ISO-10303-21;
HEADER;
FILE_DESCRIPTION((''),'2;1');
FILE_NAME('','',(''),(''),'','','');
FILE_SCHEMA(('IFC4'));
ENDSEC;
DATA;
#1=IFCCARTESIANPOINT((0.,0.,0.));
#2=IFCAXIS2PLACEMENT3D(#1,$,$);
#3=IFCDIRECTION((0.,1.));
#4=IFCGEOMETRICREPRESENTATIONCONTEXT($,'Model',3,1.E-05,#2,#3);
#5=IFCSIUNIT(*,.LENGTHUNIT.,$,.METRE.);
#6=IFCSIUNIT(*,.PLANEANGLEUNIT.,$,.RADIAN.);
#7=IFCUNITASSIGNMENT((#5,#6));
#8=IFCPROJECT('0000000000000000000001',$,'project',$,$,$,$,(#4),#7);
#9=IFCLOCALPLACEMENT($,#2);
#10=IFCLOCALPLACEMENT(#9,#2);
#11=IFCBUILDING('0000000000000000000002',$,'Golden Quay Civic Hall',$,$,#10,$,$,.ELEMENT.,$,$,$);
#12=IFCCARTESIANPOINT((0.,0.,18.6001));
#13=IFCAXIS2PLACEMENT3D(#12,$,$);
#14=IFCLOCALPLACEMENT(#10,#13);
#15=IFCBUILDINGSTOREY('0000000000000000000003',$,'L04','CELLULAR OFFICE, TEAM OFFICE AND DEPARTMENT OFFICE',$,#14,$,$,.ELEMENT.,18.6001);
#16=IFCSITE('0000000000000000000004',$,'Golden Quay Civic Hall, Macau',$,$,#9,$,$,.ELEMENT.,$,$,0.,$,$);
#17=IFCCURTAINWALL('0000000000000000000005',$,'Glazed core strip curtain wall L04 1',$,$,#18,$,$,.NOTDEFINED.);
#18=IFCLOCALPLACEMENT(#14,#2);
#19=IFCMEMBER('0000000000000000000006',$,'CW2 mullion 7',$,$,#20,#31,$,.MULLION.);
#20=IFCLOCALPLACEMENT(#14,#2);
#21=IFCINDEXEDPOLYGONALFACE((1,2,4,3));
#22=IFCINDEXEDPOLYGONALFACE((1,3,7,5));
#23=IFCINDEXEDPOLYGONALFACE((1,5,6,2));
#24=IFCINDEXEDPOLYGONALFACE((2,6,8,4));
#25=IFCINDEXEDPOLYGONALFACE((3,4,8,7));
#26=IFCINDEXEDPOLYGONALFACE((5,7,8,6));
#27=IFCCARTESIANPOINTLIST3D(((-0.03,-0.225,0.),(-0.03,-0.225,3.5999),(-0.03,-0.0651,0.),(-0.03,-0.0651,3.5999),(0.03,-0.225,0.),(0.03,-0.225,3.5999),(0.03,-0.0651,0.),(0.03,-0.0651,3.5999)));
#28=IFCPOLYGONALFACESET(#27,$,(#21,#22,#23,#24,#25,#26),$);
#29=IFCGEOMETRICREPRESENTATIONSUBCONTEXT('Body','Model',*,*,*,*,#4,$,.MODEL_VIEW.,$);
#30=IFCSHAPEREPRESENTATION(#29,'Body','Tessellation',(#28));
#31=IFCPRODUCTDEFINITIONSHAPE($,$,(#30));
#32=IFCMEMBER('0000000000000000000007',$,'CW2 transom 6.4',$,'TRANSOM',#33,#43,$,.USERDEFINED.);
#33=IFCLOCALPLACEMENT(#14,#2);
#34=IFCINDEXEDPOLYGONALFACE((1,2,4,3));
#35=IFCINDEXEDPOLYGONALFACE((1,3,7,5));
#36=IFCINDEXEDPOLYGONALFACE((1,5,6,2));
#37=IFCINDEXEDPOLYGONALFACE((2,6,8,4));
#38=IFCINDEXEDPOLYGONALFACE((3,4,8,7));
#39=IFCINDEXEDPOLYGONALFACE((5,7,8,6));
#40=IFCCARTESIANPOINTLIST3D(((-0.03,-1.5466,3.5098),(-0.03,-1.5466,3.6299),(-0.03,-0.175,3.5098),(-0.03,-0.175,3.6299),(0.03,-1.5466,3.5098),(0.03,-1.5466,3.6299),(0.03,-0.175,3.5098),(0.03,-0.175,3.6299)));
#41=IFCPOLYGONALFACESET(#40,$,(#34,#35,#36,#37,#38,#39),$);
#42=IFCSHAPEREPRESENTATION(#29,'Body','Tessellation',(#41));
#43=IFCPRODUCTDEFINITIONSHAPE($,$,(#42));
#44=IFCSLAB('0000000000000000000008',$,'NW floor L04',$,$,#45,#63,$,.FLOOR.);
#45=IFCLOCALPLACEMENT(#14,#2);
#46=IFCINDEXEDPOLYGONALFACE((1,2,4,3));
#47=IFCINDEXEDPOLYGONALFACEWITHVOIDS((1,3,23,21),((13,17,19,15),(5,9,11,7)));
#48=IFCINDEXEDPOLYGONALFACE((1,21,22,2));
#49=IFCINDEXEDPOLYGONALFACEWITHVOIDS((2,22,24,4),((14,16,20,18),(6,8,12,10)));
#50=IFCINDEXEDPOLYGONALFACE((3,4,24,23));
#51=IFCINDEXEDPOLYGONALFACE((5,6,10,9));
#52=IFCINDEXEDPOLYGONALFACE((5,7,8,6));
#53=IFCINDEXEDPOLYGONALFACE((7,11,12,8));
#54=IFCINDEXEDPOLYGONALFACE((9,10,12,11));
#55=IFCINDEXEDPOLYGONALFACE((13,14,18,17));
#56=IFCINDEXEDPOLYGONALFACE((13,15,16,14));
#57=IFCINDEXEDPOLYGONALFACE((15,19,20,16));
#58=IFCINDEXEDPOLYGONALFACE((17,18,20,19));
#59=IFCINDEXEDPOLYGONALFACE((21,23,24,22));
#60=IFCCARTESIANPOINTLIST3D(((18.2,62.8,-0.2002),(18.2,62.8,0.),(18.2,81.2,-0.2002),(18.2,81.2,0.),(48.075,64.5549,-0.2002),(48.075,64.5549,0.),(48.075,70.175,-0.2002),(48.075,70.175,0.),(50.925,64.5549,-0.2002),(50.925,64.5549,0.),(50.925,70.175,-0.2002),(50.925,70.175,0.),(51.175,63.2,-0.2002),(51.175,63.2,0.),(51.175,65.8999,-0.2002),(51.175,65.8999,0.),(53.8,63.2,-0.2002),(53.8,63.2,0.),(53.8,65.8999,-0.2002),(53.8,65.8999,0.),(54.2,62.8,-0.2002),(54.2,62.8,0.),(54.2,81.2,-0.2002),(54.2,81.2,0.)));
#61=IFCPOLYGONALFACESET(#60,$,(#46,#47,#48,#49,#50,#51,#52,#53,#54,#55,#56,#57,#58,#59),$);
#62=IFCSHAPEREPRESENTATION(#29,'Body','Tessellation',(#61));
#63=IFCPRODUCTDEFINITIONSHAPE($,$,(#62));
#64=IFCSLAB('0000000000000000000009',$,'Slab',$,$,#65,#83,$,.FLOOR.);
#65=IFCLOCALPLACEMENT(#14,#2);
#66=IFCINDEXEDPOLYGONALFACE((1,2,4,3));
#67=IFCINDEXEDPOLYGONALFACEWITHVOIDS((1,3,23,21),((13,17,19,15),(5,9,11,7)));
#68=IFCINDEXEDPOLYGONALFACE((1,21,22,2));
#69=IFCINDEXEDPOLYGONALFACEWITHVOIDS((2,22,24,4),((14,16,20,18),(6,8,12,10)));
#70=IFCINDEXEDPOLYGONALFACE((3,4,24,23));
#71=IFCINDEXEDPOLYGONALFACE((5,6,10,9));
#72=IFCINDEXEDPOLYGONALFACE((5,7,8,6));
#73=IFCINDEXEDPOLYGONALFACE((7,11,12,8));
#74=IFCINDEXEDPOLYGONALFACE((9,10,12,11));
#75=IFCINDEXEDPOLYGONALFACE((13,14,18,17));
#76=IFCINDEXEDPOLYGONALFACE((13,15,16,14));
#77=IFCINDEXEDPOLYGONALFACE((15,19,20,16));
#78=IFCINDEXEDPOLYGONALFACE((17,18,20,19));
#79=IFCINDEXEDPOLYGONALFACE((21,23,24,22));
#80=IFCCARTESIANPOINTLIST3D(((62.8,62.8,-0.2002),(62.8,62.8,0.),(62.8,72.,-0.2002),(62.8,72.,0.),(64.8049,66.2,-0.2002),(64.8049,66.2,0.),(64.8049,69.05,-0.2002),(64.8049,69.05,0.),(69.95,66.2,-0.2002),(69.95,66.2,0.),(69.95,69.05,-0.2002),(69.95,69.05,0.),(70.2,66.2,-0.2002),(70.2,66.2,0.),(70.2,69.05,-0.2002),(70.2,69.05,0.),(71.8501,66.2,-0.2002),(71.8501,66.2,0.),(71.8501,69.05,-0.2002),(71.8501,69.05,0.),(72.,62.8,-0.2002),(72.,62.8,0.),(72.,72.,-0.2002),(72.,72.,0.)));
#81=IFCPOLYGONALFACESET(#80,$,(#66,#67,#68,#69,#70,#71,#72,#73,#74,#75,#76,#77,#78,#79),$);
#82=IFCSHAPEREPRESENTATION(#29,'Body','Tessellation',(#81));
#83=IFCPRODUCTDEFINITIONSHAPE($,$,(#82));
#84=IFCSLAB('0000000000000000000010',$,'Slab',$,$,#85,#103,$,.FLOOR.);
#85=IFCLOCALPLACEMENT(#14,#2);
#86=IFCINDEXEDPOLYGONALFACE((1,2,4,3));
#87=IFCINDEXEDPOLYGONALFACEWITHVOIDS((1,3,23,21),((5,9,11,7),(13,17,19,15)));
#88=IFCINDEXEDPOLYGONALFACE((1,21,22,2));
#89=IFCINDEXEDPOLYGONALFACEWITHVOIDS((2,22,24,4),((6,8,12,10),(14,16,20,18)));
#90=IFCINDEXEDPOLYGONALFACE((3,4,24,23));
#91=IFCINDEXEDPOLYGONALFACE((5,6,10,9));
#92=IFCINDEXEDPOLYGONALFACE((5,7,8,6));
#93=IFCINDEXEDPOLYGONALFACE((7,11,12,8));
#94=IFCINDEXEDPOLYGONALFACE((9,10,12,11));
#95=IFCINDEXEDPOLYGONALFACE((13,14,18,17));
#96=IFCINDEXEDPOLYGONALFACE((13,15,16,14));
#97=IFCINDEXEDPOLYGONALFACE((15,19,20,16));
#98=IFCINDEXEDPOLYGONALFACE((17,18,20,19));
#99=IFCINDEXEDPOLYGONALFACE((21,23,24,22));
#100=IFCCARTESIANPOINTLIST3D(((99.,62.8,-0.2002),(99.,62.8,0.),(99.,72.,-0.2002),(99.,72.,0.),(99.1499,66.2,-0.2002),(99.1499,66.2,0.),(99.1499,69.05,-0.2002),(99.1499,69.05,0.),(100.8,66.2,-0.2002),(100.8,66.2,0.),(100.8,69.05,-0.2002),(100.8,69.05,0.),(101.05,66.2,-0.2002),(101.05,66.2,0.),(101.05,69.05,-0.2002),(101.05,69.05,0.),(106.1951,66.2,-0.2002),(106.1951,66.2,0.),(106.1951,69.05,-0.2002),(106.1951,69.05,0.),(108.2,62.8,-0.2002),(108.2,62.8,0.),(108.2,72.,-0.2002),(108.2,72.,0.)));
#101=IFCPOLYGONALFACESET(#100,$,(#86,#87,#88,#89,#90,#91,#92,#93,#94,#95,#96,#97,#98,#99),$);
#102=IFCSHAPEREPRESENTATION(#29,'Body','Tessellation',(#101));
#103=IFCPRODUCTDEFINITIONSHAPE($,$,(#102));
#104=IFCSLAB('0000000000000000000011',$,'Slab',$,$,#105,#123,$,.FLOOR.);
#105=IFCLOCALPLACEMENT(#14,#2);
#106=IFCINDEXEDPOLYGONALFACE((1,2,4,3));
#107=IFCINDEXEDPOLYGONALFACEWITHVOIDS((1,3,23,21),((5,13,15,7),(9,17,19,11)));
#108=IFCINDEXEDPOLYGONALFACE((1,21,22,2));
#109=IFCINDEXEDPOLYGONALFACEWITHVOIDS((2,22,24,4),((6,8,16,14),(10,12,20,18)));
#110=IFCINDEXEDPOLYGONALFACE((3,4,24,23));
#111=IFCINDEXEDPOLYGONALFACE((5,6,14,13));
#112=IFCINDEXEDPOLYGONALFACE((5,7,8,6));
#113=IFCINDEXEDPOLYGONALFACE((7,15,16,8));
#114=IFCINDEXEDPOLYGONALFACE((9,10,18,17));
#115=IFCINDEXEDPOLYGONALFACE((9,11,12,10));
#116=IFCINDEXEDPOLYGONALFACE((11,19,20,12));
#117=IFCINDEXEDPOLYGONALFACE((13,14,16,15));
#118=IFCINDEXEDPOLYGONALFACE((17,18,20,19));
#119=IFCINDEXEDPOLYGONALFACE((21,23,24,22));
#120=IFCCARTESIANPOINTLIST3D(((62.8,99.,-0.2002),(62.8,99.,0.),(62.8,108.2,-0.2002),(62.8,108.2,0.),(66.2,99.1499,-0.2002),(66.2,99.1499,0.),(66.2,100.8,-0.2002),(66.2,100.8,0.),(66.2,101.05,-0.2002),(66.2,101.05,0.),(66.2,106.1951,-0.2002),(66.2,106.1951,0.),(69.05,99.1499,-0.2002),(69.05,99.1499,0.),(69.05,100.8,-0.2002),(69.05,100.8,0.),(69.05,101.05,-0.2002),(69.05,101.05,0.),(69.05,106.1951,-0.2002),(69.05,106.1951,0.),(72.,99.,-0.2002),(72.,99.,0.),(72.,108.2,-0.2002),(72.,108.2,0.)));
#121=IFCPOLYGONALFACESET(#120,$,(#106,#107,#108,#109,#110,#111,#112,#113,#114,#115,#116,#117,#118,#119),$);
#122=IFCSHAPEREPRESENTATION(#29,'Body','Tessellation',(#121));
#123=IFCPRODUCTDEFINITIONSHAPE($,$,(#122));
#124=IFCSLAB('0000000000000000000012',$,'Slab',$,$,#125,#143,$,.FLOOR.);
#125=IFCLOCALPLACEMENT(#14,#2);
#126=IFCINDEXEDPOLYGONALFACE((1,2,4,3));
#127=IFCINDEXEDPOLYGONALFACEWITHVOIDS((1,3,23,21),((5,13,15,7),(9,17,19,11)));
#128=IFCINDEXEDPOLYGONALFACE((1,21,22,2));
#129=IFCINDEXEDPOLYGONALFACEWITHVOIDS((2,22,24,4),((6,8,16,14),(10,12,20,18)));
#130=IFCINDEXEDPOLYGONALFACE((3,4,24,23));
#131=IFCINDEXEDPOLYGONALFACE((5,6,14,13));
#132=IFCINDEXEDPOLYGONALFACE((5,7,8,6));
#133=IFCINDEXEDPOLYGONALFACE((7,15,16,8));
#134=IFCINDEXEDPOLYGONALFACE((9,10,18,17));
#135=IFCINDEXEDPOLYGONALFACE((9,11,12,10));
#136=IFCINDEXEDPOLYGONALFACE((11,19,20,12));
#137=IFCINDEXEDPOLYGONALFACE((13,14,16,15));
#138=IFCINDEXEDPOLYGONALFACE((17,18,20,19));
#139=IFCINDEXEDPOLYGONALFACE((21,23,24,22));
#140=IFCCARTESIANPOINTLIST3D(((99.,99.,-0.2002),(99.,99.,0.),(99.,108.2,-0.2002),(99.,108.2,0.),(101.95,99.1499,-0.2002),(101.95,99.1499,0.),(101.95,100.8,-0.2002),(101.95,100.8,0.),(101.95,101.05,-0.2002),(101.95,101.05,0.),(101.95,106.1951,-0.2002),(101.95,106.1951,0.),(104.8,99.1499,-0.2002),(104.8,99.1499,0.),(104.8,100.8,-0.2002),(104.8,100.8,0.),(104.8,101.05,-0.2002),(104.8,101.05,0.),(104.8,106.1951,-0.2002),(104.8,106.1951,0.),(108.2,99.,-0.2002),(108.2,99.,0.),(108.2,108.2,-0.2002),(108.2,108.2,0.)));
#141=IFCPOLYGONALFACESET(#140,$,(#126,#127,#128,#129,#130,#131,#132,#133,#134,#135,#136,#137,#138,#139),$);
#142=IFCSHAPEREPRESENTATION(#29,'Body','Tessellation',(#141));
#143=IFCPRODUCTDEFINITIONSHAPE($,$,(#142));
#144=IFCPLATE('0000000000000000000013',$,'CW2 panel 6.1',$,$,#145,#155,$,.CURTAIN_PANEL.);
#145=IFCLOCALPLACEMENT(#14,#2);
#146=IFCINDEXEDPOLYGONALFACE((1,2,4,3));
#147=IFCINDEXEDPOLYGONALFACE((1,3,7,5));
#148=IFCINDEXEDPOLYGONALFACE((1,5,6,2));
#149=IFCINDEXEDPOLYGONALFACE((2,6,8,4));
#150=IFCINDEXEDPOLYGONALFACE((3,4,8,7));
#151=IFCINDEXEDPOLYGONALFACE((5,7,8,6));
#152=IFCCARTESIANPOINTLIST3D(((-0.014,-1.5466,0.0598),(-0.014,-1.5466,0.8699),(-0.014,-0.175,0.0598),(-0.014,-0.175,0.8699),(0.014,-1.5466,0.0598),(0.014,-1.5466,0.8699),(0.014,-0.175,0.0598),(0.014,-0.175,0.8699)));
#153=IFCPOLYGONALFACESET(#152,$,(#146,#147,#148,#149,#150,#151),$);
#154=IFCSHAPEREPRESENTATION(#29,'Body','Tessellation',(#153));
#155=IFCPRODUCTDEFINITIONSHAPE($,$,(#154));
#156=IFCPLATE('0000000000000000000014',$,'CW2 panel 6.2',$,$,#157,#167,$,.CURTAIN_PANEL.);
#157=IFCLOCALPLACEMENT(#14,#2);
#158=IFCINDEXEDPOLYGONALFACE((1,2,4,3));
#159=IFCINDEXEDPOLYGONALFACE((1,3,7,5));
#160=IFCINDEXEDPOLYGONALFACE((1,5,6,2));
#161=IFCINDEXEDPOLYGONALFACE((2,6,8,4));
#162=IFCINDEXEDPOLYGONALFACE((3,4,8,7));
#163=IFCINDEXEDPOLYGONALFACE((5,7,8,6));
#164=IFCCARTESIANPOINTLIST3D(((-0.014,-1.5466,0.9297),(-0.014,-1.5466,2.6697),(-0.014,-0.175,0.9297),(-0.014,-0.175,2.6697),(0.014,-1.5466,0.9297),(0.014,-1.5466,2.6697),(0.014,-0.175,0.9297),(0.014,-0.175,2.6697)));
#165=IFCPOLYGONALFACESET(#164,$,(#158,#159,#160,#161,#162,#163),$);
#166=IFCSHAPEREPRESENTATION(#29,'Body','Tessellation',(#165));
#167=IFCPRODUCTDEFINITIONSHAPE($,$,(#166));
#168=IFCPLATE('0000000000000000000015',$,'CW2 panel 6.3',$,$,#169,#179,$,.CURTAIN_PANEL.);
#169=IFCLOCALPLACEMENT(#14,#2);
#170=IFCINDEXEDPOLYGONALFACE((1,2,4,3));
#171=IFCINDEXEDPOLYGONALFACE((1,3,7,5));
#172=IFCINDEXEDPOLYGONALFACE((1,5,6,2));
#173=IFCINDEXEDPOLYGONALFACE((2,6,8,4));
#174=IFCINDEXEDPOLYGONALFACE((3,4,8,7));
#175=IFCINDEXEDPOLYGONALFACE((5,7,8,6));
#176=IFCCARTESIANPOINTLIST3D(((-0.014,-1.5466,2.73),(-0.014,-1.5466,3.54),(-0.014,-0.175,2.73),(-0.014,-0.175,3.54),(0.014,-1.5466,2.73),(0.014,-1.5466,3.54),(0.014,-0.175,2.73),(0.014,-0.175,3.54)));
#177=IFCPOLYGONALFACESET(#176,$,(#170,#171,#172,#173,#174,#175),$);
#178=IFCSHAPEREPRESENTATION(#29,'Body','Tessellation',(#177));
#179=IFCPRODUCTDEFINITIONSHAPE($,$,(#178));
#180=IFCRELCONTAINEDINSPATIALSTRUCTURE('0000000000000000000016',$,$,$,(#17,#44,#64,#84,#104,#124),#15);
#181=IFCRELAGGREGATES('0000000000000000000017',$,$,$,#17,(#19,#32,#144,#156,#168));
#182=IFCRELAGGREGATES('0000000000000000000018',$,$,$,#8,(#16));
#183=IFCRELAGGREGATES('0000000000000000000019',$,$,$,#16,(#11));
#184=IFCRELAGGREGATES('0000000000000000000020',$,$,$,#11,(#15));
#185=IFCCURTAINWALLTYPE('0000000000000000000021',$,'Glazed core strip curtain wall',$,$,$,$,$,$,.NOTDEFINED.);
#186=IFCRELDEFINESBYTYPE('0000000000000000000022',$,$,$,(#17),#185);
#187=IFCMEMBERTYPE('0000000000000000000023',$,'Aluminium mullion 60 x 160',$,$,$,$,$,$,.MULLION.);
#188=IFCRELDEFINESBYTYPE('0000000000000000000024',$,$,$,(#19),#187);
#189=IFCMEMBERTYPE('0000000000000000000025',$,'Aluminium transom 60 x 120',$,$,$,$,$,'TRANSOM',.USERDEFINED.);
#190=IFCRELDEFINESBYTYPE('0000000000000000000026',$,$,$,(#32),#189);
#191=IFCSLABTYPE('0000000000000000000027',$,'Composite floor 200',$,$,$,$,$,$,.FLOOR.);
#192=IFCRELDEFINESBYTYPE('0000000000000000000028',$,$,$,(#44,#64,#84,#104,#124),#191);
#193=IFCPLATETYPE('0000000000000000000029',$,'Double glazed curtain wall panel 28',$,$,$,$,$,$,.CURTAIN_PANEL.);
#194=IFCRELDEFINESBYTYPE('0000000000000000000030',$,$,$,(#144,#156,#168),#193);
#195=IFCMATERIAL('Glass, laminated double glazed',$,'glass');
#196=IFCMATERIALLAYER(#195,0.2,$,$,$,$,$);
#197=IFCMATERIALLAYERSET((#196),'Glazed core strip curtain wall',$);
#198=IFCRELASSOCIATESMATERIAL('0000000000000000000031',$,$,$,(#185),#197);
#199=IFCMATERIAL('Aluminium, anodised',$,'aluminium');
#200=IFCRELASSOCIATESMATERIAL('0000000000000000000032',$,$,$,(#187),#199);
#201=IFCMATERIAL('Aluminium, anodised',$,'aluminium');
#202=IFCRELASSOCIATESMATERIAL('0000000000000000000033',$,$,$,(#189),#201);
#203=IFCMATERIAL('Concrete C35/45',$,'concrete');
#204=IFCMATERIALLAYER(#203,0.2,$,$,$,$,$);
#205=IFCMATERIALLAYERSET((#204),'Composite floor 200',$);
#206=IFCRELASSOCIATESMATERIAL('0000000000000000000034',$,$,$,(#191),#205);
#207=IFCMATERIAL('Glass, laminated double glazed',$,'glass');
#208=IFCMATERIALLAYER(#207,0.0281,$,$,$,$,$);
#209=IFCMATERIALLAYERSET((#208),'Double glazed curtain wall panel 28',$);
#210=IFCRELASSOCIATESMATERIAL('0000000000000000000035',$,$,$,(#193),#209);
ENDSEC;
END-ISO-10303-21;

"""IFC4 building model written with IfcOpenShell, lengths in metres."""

from ifc_helpers import new_model, si_unit, direction, frame, origin, origin_2d, place, context, subcontext, project, spatial, polyline, rectangle, outline, extrude, material, layer, layer_set, material_profile, profile_set, type_object, element, aggregate, save


model = new_model("IFC4")

# Units and contexts
model_context = context("Model", 3, precision=1e-05, world=origin(), true_north=direction((0.0, 1.0)))
body_context = subcontext(model_context, "Body", "Model", "MODEL_VIEW")
ifc_project = project(units=[si_unit("LENGTHUNIT", "METRE"), si_unit("PLANEANGLEUNIT", "RADIAN")], contexts=[model_context])

# Site, building, storey
site_placement = place(None, origin())
site = spatial("IfcSite", under=ifc_project, at=site_placement, Name="Golden Quay Civic Hall, Macau", CompositionType="ELEMENT", RefElevation=0.0)
building_placement = place(site_placement, origin())
building = spatial("IfcBuilding", under=site, at=building_placement, Name="Golden Quay Civic Hall", CompositionType="ELEMENT")
storey_placement = place(building_placement, frame((0.0, 0.0, 18.6001)))
storey = spatial("IfcBuildingStorey", under=building, at=storey_placement, Name="L04", Description="CELLULAR OFFICE, TEAM OFFICE AND DEPARTMENT OFFICE", CompositionType="ELEMENT", Elevation=18.6001)

# Curtain wall, members
ifc_material_1 = material(Name="Glass, laminated double glazed", Category="glass")
ifc_layer_1 = layer(ifc_material_1, 0.2)
ifc_layer_set_1 = layer_set([ifc_layer_1], Name="Glazed core strip curtain wall")
curtain_wall_type = type_object("IfcCurtainWallType", Name="Glazed core strip curtain wall", PredefinedType="NOTDEFINED", material=ifc_layer_set_1)
curtain_wall_placement = place(storey_placement, origin())
curtain_wall = element("IfcCurtainWall", 1, at=curtain_wall_placement, inside=storey, type_object=curtain_wall_type, Name="Glazed core strip curtain wall L04 1", PredefinedType="NOTDEFINED")
ifc_material_2 = material(Name="Aluminium, anodised", Category="aluminium")
ifc_material_profile_1 = material_profile(ifc_material_2, rectangle(XDim=0.0601, YDim=0.1599, at=origin_2d()), Name="Aluminium 60 x 160")
ifc_profile_set_1 = profile_set([ifc_material_profile_1], Name="Aluminium, anodised")
member_type_1 = type_object("IfcMemberType", Name="Aluminium mullion 60 x 160", PredefinedType="MULLION", material=ifc_profile_set_1)
member_1_placement = place(storey_placement, frame((0.0, -0.145, 0.0), z_axis=(0.0, 0.0, 1.0), x_axis=(-1.0, 0.0, 0.0)))
member_1 = element("IfcMember", 2, at=member_1_placement, type_object=member_type_1, Name="CW2 mullion 7", PredefinedType="MULLION", context=body_context, shape_type="SweptSolid", body=[
    extrude(rectangle(XDim=0.0601, YDim=0.1599, at=origin_2d()), origin(), (0.0, 0.0, 1.0), 3.5999),
])
ifc_material_3 = material(Name="Aluminium, anodised", Category="aluminium")
ifc_material_profile_2 = material_profile(ifc_material_3, rectangle(XDim=0.0601, YDim=0.1201, at=origin_2d()), Name="Aluminium 60 x 120")
ifc_profile_set_2 = profile_set([ifc_material_profile_2], Name="Aluminium, anodised")
member_type_2 = type_object("IfcMemberType", Name="Aluminium transom 60 x 120", ElementType="TRANSOM", PredefinedType="USERDEFINED", material=ifc_profile_set_2)
member_2_placement = place(storey_placement, frame((0.0, -1.5466, 3.5698), z_axis=(0.0, 1.0, 0.0), x_axis=(-1.0, 0.0, 0.0)))
member_2 = element("IfcMember", 3, at=member_2_placement, type_object=member_type_2, Name="CW2 transom 6.4", ObjectType="TRANSOM", PredefinedType="USERDEFINED", context=body_context, shape_type="SweptSolid", body=[
    extrude(rectangle(XDim=0.0601, YDim=0.1201, at=origin_2d()), origin(), (0.0, 0.0, 1.0), 1.3716),
])

# Slabs
ifc_material_4 = material(Name="Concrete C35/45", Category="concrete")
ifc_layer_2 = layer(ifc_material_4, 0.2)
ifc_layer_set_2 = layer_set([ifc_layer_2], Name="Composite floor 200")
slab_type = type_object("IfcSlabType", Name="Composite floor 200", PredefinedType="FLOOR", material=ifc_layer_set_2)
slab_1_placement = place(storey_placement, frame((0.0, 0.0, -0.2002)))
element("IfcSlab", 4, at=slab_1_placement, inside=storey, type_object=slab_type, Name="NW floor L04", PredefinedType="FLOOR", context=body_context, shape_type="SweptSolid", body=[
    extrude(outline(polyline([(18.2, 62.8), (18.2, 81.2), (54.2, 81.2), (54.2, 62.8), (18.2, 62.8)]), holes=[polyline([(48.075, 70.175), (48.075, 64.5549), (50.925, 64.5549), (50.925, 70.175), (48.075, 70.175)]), polyline([(53.8, 65.8999), (51.175, 65.8999), (51.175, 63.2), (53.8, 63.2), (53.8, 65.8999)])]), origin(), (0.0, 0.0, 1.0), 0.2002),
])
slab_2_placement = place(storey_placement, frame((0.0, 0.0, -0.2002)))
element("IfcSlab", 5, at=slab_2_placement, inside=storey, type_object=slab_type, Name="Slab", PredefinedType="FLOOR", context=body_context, shape_type="SweptSolid", body=[
    extrude(outline(polyline([(72.0, 72.0), (72.0, 62.8), (62.8, 62.8), (62.8, 72.0), (72.0, 72.0)]), holes=[polyline([(69.95, 69.05), (64.8049, 69.05), (64.8049, 66.2), (69.95, 66.2), (69.95, 69.05)]), polyline([(71.8501, 69.05), (70.2, 69.05), (70.2, 66.2), (71.8501, 66.2), (71.8501, 69.05)])]), origin(), (0.0, 0.0, 1.0), 0.2002),
])
slab_3_placement = place(storey_placement, frame((0.0, 0.0, -0.2002)))
element("IfcSlab", 6, at=slab_3_placement, inside=storey, type_object=slab_type, Name="Slab", PredefinedType="FLOOR", context=body_context, shape_type="SweptSolid", body=[
    extrude(outline(polyline([(108.2, 72.0), (108.2, 62.8), (99.0, 62.8), (99.0, 72.0), (108.2, 72.0)]), holes=[polyline([(99.1499, 69.05), (99.1499, 66.2), (100.8, 66.2), (100.8, 69.05), (99.1499, 69.05)]), polyline([(101.05, 66.2), (106.1951, 66.2), (106.1951, 69.05), (101.05, 69.05), (101.05, 66.2)])]), origin(), (0.0, 0.0, 1.0), 0.2002),
])
slab_4_placement = place(storey_placement, frame((0.0, 0.0, -0.2002)))
element("IfcSlab", 7, at=slab_4_placement, inside=storey, type_object=slab_type, Name="Slab", PredefinedType="FLOOR", context=body_context, shape_type="SweptSolid", body=[
    extrude(outline(polyline([(72.0, 108.2), (72.0, 99.0), (62.8, 99.0), (62.8, 108.2), (72.0, 108.2)]), holes=[polyline([(69.05, 99.1499), (69.05, 100.8), (66.2, 100.8), (66.2, 99.1499), (69.05, 99.1499)]), polyline([(69.05, 101.05), (69.05, 106.1951), (66.2, 106.1951), (66.2, 101.05), (69.05, 101.05)])]), origin(), (0.0, 0.0, 1.0), 0.2002),
])
slab_5_placement = place(storey_placement, frame((0.0, 0.0, -0.2002)))
element("IfcSlab", 8, at=slab_5_placement, inside=storey, type_object=slab_type, Name="Slab", PredefinedType="FLOOR", context=body_context, shape_type="SweptSolid", body=[
    extrude(outline(polyline([(108.2, 108.2), (108.2, 99.0), (99.0, 99.0), (99.0, 108.2), (108.2, 108.2)]), holes=[polyline([(101.95, 99.1499), (104.8, 99.1499), (104.8, 100.8), (101.95, 100.8), (101.95, 99.1499)]), polyline([(104.8, 101.05), (104.8, 106.1951), (101.95, 106.1951), (101.95, 101.05), (104.8, 101.05)])]), origin(), (0.0, 0.0, 1.0), 0.2002),
])

# Plates
ifc_material_5 = material(Name="Glass, laminated double glazed", Category="glass")
ifc_layer_3 = layer(ifc_material_5, 0.0281)
ifc_layer_set_3 = layer_set([ifc_layer_3], Name="Double glazed curtain wall panel 28")
plate_type = type_object("IfcPlateType", Name="Double glazed curtain wall panel 28", PredefinedType="CURTAIN_PANEL", material=ifc_layer_set_3)
plate_1_placement = place(storey_placement, frame((0.0, -0.8608, 0.0598), z_axis=(0.0, 0.0, 1.0), x_axis=(0.0, 1.0, 0.0)))
plate_1 = element("IfcPlate", 9, at=plate_1_placement, type_object=plate_type, Name="CW2 panel 6.1", PredefinedType="CURTAIN_PANEL", context=body_context, shape_type="SweptSolid", body=[
    extrude(rectangle(XDim=1.3716, YDim=0.0281, at=origin_2d()), origin(), (0.0, 0.0, 1.0), 0.8101),
])
plate_2_placement = place(storey_placement, frame((0.0, -0.8608, 0.9297), z_axis=(0.0, 0.0, 1.0), x_axis=(0.0, 1.0, 0.0)))
plate_2 = element("IfcPlate", 10, at=plate_2_placement, type_object=plate_type, Name="CW2 panel 6.2", PredefinedType="CURTAIN_PANEL", context=body_context, shape_type="SweptSolid", body=[
    extrude(rectangle(XDim=1.3716, YDim=0.0281, at=origin_2d()), origin(), (0.0, 0.0, 1.0), 1.74),
])
plate_3_placement = place(storey_placement, frame((0.0, -0.8608, 2.73), z_axis=(0.0, 0.0, 1.0), x_axis=(0.0, 1.0, 0.0)))
plate_3 = element("IfcPlate", 11, at=plate_3_placement, type_object=plate_type, Name="CW2 panel 6.3", PredefinedType="CURTAIN_PANEL", context=body_context, shape_type="SweptSolid", body=[
    extrude(rectangle(XDim=1.3716, YDim=0.0281, at=origin_2d()), origin(), (0.0, 0.0, 1.0), 0.8101),
])
aggregate(curtain_wall, [member_1, member_2, plate_1, plate_2, plate_3])

save(model, "model.ifc")
